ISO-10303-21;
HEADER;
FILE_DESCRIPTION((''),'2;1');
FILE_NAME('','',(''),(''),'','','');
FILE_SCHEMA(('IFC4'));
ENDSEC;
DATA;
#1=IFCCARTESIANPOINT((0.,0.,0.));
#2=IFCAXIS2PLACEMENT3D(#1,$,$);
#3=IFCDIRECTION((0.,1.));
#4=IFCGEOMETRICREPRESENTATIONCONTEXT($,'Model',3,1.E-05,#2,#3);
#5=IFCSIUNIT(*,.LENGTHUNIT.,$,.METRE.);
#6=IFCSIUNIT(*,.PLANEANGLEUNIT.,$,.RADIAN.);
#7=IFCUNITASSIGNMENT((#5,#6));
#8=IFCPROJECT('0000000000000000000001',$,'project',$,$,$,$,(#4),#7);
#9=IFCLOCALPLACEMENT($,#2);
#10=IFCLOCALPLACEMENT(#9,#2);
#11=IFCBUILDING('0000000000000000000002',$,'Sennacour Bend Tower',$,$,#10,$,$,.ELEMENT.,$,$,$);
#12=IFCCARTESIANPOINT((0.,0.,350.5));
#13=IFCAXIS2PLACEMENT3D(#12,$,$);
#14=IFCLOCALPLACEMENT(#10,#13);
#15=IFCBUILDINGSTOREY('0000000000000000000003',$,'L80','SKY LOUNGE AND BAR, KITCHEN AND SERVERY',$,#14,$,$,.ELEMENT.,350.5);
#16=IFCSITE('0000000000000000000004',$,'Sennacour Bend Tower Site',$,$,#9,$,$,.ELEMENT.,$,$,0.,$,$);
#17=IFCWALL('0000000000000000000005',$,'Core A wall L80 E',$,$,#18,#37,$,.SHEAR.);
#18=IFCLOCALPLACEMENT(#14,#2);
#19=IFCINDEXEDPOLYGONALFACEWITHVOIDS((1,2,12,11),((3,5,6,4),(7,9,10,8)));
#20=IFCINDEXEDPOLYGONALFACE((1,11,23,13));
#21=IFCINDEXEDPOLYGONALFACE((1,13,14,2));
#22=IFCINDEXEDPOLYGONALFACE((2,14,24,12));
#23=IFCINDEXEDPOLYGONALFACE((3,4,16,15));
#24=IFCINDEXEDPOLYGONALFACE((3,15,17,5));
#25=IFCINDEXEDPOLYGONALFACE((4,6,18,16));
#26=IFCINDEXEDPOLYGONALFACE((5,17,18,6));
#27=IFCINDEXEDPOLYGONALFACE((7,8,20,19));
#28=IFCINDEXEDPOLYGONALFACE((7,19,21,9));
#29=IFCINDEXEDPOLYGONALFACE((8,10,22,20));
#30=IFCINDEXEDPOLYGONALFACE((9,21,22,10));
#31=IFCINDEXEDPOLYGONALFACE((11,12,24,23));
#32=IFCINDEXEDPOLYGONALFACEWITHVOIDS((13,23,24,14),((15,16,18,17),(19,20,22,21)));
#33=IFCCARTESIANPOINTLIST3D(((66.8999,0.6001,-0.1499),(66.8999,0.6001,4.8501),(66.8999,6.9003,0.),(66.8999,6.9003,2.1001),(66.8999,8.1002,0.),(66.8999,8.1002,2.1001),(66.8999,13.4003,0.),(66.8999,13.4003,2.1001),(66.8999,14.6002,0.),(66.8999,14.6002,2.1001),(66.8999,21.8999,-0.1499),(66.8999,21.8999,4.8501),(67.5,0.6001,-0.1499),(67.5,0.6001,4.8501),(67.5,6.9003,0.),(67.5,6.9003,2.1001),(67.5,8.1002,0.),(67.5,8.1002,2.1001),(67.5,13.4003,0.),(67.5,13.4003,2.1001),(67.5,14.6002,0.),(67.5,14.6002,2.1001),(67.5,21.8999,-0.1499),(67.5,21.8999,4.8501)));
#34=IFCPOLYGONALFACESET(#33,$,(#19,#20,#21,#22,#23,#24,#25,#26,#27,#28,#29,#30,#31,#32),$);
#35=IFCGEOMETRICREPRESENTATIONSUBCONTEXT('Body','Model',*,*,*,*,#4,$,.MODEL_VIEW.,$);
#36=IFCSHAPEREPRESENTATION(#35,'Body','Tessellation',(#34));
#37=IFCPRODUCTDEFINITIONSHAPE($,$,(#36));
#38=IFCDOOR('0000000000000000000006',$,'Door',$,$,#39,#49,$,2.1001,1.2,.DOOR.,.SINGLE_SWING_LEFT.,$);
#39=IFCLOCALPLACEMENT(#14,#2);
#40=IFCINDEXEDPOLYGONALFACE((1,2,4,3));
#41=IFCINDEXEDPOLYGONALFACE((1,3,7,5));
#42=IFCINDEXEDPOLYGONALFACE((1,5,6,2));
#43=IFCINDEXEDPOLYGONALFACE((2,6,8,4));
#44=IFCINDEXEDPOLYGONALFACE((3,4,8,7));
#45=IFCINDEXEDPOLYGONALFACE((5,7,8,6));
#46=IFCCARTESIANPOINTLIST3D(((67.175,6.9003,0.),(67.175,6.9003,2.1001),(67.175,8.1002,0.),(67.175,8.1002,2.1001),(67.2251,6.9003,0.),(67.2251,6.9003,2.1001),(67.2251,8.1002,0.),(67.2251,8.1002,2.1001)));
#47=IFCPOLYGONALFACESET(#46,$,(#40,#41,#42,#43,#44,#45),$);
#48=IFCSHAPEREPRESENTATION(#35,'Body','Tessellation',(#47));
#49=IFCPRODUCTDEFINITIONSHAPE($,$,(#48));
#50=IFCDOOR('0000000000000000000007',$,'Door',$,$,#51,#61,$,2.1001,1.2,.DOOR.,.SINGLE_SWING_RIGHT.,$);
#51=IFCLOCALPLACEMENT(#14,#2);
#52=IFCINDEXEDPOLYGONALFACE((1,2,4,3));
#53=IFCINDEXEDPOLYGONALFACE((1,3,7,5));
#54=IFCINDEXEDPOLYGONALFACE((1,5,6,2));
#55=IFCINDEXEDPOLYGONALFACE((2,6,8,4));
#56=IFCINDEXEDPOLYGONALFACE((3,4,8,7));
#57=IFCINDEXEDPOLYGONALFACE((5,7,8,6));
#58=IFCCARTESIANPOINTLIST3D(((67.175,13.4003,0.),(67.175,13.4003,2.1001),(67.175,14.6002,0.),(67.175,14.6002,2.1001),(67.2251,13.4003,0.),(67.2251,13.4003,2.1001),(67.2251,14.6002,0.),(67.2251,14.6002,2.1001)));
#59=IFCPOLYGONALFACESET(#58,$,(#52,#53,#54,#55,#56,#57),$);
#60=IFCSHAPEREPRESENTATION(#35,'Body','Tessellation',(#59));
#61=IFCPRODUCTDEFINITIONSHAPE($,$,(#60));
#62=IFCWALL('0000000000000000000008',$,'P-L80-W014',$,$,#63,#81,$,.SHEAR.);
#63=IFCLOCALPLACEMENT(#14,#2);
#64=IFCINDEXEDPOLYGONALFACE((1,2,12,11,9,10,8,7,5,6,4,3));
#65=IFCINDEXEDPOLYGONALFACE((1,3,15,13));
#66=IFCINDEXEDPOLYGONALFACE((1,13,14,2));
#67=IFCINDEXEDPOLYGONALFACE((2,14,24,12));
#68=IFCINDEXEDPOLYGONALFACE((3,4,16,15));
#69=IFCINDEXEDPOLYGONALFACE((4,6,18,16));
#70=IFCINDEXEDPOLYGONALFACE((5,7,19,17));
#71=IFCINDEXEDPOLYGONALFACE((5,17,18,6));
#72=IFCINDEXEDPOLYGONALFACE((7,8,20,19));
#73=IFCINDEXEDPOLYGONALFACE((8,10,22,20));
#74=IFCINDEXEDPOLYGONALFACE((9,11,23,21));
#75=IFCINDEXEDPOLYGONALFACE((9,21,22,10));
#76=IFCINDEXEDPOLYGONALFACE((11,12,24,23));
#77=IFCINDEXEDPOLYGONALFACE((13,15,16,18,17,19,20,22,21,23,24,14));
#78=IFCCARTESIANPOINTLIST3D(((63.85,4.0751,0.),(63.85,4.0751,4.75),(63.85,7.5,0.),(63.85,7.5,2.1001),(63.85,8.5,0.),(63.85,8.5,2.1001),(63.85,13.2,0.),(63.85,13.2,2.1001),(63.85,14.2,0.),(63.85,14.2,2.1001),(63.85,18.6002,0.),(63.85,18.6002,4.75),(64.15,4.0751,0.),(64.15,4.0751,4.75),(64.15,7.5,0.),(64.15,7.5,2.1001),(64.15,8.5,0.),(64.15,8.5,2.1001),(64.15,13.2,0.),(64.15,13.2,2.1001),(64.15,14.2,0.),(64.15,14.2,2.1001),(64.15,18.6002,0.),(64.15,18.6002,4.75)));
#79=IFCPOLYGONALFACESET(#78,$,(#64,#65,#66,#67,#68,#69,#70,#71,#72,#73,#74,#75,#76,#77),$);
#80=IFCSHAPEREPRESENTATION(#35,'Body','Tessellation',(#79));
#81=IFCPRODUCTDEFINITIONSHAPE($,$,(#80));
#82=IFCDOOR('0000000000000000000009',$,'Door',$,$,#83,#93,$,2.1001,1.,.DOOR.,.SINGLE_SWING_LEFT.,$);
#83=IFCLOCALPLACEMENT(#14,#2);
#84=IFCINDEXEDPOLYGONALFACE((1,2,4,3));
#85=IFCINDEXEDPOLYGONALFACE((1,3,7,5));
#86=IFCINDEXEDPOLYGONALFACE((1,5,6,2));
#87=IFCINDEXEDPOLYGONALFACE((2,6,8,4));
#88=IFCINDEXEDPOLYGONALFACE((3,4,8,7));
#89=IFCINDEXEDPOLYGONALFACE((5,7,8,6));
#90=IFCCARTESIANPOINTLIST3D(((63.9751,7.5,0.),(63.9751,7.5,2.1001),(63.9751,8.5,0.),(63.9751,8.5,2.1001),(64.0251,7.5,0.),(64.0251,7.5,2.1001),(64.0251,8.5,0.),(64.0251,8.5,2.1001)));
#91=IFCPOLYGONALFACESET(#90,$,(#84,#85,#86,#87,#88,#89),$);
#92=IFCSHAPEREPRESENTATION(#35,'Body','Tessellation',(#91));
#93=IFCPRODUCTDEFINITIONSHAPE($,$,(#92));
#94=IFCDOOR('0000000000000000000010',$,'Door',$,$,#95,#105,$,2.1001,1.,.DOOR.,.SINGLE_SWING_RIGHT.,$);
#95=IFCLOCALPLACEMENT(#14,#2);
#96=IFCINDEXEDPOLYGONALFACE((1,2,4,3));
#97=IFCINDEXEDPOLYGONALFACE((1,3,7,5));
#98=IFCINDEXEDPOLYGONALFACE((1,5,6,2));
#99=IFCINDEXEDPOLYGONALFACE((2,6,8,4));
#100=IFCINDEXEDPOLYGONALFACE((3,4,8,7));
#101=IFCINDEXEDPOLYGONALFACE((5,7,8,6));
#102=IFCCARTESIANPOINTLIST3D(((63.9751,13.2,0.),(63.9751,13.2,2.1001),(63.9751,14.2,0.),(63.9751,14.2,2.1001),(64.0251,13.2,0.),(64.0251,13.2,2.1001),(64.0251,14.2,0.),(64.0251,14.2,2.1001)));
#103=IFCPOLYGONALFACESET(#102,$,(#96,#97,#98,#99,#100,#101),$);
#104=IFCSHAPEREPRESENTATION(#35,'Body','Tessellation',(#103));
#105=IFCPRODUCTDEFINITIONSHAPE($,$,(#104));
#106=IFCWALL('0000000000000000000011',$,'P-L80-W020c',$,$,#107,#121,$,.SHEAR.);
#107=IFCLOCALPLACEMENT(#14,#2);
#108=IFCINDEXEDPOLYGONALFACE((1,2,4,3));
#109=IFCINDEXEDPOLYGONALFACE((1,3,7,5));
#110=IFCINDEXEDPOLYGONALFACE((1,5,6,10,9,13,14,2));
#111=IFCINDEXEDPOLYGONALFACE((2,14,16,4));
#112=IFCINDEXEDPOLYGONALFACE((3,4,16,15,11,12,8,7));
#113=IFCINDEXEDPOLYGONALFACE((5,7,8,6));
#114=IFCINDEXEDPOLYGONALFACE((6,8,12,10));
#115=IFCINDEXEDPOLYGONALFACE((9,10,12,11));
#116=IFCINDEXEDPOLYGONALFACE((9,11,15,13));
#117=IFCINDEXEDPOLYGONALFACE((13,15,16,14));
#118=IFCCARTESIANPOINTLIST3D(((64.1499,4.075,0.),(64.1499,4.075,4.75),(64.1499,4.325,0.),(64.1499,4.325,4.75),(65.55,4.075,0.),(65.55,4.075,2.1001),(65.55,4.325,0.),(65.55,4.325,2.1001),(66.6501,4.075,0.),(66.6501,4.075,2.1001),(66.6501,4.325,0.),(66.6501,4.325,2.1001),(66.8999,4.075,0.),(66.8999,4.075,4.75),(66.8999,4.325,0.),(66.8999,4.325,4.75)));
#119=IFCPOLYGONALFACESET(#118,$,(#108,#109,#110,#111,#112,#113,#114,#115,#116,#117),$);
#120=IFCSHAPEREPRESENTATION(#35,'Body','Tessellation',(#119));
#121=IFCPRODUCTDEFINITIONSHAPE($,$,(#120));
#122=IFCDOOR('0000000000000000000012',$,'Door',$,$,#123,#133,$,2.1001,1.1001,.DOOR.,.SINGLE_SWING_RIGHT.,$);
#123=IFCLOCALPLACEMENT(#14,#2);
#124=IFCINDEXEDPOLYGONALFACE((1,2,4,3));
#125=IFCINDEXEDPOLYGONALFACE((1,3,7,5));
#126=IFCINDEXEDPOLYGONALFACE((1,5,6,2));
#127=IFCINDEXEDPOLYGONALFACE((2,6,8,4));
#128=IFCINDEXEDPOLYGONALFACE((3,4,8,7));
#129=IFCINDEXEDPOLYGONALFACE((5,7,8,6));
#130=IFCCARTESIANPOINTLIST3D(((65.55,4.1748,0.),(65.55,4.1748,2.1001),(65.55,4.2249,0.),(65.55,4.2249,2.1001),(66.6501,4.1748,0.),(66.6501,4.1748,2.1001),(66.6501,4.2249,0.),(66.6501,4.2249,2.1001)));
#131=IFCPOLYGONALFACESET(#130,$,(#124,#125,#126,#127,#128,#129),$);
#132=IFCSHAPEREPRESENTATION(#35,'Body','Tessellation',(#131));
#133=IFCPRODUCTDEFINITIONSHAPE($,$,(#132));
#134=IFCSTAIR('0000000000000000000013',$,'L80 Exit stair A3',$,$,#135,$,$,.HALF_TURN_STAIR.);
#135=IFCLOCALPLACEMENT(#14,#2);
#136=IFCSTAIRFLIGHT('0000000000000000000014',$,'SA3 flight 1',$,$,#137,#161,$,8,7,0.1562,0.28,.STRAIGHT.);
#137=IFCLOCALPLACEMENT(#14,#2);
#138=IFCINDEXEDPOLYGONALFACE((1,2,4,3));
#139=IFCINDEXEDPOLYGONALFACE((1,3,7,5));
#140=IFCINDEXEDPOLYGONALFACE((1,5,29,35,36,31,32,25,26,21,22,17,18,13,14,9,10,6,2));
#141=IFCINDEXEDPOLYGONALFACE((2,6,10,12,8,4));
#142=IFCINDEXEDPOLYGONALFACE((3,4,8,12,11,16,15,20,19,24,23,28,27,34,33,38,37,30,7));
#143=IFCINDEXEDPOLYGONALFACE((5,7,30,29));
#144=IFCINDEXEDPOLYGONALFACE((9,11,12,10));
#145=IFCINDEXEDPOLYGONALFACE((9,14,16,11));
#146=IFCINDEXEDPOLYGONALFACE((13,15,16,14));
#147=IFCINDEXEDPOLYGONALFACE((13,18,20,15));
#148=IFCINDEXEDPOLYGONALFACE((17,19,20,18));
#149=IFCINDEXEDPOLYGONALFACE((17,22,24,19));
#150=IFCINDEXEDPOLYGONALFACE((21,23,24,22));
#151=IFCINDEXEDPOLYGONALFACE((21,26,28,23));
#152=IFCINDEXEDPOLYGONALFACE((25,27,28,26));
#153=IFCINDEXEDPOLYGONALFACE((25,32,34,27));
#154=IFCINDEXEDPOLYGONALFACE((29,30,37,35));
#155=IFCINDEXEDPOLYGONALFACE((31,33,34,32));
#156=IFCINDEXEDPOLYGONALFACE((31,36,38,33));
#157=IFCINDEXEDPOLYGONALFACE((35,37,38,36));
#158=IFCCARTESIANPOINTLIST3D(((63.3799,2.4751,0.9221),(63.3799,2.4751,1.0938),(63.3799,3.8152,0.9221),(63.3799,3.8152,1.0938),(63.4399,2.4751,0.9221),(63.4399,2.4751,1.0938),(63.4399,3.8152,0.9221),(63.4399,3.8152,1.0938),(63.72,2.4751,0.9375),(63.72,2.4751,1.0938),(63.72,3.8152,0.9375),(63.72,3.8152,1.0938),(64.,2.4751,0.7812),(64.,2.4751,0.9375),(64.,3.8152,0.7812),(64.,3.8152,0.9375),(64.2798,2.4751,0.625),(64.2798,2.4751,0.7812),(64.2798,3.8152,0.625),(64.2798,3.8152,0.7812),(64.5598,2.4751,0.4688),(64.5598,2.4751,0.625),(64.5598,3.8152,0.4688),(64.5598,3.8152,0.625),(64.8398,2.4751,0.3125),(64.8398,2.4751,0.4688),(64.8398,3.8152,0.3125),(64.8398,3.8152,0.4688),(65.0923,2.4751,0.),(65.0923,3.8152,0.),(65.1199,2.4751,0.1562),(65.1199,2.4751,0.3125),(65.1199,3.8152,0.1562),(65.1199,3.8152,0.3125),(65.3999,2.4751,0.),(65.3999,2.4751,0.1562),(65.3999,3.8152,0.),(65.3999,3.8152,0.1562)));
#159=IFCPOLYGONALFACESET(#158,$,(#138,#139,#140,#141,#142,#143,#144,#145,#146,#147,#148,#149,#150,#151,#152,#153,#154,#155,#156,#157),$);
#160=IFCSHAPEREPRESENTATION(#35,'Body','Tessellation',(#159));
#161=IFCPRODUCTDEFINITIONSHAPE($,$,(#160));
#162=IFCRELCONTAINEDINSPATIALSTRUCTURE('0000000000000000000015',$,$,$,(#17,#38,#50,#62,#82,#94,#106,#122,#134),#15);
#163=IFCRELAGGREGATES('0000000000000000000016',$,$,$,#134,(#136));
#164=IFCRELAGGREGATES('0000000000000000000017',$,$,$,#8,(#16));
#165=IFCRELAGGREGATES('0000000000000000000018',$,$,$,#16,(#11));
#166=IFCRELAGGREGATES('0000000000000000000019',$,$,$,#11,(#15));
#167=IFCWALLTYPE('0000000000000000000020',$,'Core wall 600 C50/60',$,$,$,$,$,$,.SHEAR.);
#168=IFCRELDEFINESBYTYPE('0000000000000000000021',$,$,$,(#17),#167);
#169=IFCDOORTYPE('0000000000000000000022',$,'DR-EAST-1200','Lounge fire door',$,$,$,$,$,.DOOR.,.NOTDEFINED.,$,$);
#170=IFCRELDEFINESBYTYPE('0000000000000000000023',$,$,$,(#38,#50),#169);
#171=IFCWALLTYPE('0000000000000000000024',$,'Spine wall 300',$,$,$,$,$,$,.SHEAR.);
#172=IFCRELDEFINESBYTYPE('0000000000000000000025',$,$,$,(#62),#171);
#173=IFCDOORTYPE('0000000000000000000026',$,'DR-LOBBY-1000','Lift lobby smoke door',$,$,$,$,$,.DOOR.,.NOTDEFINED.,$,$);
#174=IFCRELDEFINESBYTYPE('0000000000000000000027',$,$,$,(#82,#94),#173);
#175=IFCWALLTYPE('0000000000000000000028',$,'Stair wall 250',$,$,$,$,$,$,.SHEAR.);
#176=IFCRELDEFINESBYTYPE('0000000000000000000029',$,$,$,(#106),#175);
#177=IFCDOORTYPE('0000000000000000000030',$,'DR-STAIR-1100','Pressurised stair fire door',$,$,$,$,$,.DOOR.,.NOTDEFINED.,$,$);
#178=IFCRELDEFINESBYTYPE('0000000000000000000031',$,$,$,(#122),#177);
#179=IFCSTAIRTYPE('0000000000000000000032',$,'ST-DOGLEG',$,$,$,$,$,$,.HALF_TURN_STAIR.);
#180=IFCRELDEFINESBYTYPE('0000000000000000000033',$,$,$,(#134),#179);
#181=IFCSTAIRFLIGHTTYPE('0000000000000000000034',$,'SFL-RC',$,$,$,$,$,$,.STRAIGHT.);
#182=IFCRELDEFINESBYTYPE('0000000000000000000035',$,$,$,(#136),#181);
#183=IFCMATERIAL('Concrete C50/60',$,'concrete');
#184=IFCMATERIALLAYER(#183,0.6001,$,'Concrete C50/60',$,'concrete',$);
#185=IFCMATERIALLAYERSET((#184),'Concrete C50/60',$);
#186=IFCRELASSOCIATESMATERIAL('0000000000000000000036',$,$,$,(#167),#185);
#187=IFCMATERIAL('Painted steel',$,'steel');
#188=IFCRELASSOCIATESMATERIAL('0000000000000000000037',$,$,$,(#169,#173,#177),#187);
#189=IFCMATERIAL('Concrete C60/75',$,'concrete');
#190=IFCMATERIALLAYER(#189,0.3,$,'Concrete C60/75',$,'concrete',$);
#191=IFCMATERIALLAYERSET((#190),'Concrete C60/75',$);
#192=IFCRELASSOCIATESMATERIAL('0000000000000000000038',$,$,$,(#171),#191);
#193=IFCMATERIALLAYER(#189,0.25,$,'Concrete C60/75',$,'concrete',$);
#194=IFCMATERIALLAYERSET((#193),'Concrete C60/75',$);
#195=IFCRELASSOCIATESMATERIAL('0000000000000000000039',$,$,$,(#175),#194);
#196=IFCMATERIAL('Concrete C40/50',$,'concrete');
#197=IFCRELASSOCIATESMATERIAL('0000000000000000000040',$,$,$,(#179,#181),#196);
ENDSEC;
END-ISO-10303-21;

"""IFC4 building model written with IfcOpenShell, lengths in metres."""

from ifc_helpers import new_model, si_unit, direction, frame, frame_2d, origin, place, context, subcontext, project, spatial, polyline, rectangle, outline, extrude, material, layer, layer_set, type_object, element, fill, aggregate, save


model = new_model("IFC4")

# Units and contexts
model_context = context("Model", 3, precision=1e-05, world=origin(), true_north=direction((0.0, 1.0)))
body_context = subcontext(model_context, "Body", "Model", "MODEL_VIEW")
ifc_project = project(units=[si_unit("LENGTHUNIT", "METRE"), si_unit("PLANEANGLEUNIT", "RADIAN")], contexts=[model_context])

# Site, building, storey
site_placement = place(None, origin())
site = spatial("IfcSite", under=ifc_project, at=site_placement, Name="Sennacour Bend Tower Site", CompositionType="ELEMENT", RefElevation=0.0)
building_placement = place(site_placement, origin())
building = spatial("IfcBuilding", under=site, at=building_placement, Name="Sennacour Bend Tower", CompositionType="ELEMENT")
storey_placement = place(building_placement, frame((0.0, 0.0, 350.5)))
storey = spatial("IfcBuildingStorey", under=building, at=storey_placement, Name="L80", Description="SKY LOUNGE AND BAR, KITCHEN AND SERVERY", CompositionType="ELEMENT", Elevation=350.5)

# Shared definitions
ifc_material_1 = material(Name="Concrete C50/60", Category="concrete")
ifc_layer_1 = layer(ifc_material_1, 0.6001, Name="Concrete C50/60", Category="concrete")
ifc_layer_set_1 = layer_set([ifc_layer_1], Name="Concrete C50/60")
wall_type_1 = type_object("IfcWallType", Name="Core wall 600 C50/60", PredefinedType="SHEAR", material=ifc_layer_set_1)

# Walls, openings, doors
wall_1_placement = place(storey_placement, frame((67.2, 0.6001, -0.1499), z_axis=(0.0, 0.0, 1.0), x_axis=(0.0, 1.0, 0.0)))
wall_1 = element("IfcWall", 1, at=wall_1_placement, inside=storey, type_object=wall_type_1, Name="Core A wall L80 E", PredefinedType="SHEAR", context=body_context, shape_type="SweptSolid", body=[
    extrude(rectangle(XDim=21.2998, YDim=0.6001, at=frame_2d((10.6499, 0.0))), origin(), (0.0, 0.0, 1.0), 5.0),
])
opening_1_placement = place(wall_1_placement, frame((6.3, 0.0, 0.1499)))
opening_1 = element("IfcOpeningElement", 2, at=opening_1_placement, cuts=wall_1, PredefinedType="OPENING", context=body_context, shape_type="SweptSolid", body=[
    extrude(rectangle(XDim=1.2, YDim=2.1001, at=frame_2d((0.6001, 1.05))), frame((0.0, 0.3101, 0.0), z_axis=(0.0, -1.0, 0.0), x_axis=(1.0, 0.0, 0.0)), (0.0, 0.0, 1.0), 0.6201),
])
opening_2_placement = place(wall_1_placement, frame((12.8, 0.0, 0.1499)))
opening_2 = element("IfcOpeningElement", 3, at=opening_2_placement, cuts=wall_1, PredefinedType="OPENING", context=body_context, shape_type="SweptSolid", body=[
    extrude(rectangle(XDim=1.2, YDim=2.1001, at=frame_2d((0.6001, 1.05))), frame((0.0, 0.3101, 0.0), z_axis=(0.0, -1.0, 0.0), x_axis=(1.0, 0.0, 0.0)), (0.0, 0.0, 1.0), 0.6201),
])
ifc_material_2 = material(Name="Painted steel", Category="steel")
door_type_1 = type_object("IfcDoorType", Name="DR-EAST-1200", Description="Lounge fire door", OperationType="NOTDEFINED", PredefinedType="DOOR", material=ifc_material_2)
door_1_placement = place(opening_1_placement, origin())
door_1 = element("IfcDoor", 4, at=door_1_placement, inside=storey, type_object=door_type_1, Name="Door", OperationType="SINGLE_SWING_LEFT", OverallHeight=2.1001, OverallWidth=1.2, PredefinedType="DOOR", context=body_context, shape_type="SweptSolid", body=[
    extrude(rectangle(XDim=1.2, YDim=2.1001, at=frame_2d((0.6001, 1.05))), frame((0.0, 0.0249, 0.0), z_axis=(0.0, -1.0, 0.0), x_axis=(1.0, 0.0, 0.0)), (0.0, 0.0, 1.0), 0.05),
])
fill(opening_1, door_1)
door_2_placement = place(opening_2_placement, origin())
door_2 = element("IfcDoor", 5, at=door_2_placement, inside=storey, type_object=door_type_1, Name="Door", OperationType="SINGLE_SWING_RIGHT", OverallHeight=2.1001, OverallWidth=1.2, PredefinedType="DOOR", context=body_context, shape_type="SweptSolid", body=[
    extrude(rectangle(XDim=1.2, YDim=2.1001, at=frame_2d((0.6001, 1.05))), frame((0.0, 0.0249, 0.0), z_axis=(0.0, -1.0, 0.0), x_axis=(1.0, 0.0, 0.0)), (0.0, 0.0, 1.0), 0.05),
])
fill(opening_2, door_2)
ifc_material_3 = material(Name="Concrete C60/75", Category="concrete")
ifc_layer_2 = layer(ifc_material_3, 0.3, Name="Concrete C60/75", Category="concrete")
ifc_layer_set_2 = layer_set([ifc_layer_2], Name="Concrete C60/75")
wall_type_2 = type_object("IfcWallType", Name="Spine wall 300", PredefinedType="SHEAR", material=ifc_layer_set_2)
wall_2_placement = place(storey_placement, frame((64.0, 4.075, 0.0), z_axis=(0.0, 0.0, 1.0), x_axis=(0.0, 1.0, 0.0)))
wall_2 = element("IfcWall", 6, at=wall_2_placement, inside=storey, type_object=wall_type_2, Name="P-L80-W014", PredefinedType="SHEAR", context=body_context, shape_type="SweptSolid", body=[
    extrude(rectangle(XDim=14.5251, YDim=0.3, at=frame_2d((7.2627, 0.0))), origin(), (0.0, 0.0, 1.0), 4.75),
])
opening_3_placement = place(wall_2_placement, frame((3.425, 0.0, 0.0)))
opening_3 = element("IfcOpeningElement", 7, at=opening_3_placement, cuts=wall_2, PredefinedType="OPENING", context=body_context, shape_type="SweptSolid", body=[
    extrude(rectangle(XDim=1.0, YDim=2.1001, at=frame_2d((0.5, 1.05))), frame((0.0, 0.1602, 0.0), z_axis=(0.0, -1.0, 0.0), x_axis=(1.0, 0.0, 0.0)), (0.0, 0.0, 1.0), 0.3201),
])
opening_4_placement = place(wall_2_placement, frame((9.125, 0.0, 0.0)))
opening_4 = element("IfcOpeningElement", 8, at=opening_4_placement, cuts=wall_2, PredefinedType="OPENING", context=body_context, shape_type="SweptSolid", body=[
    extrude(rectangle(XDim=1.0, YDim=2.1001, at=frame_2d((0.5, 1.05))), frame((0.0, 0.1602, 0.0), z_axis=(0.0, -1.0, 0.0), x_axis=(1.0, 0.0, 0.0)), (0.0, 0.0, 1.0), 0.3201),
])
door_type_2 = type_object("IfcDoorType", Name="DR-LOBBY-1000", Description="Lift lobby smoke door", OperationType="NOTDEFINED", PredefinedType="DOOR", material=ifc_material_2)
door_3_placement = place(opening_3_placement, origin())
door_3 = element("IfcDoor", 9, at=door_3_placement, inside=storey, type_object=door_type_2, Name="Door", OperationType="SINGLE_SWING_LEFT", OverallHeight=2.1001, OverallWidth=1.0, PredefinedType="DOOR", context=body_context, shape_type="SweptSolid", body=[
    extrude(rectangle(XDim=1.0, YDim=2.1001, at=frame_2d((0.5, 1.05))), frame((0.0, 0.0249, 0.0), z_axis=(0.0, -1.0, 0.0), x_axis=(1.0, 0.0, 0.0)), (0.0, 0.0, 1.0), 0.05),
])
fill(opening_3, door_3)
door_4_placement = place(opening_4_placement, origin())
door_4 = element("IfcDoor", 10, at=door_4_placement, inside=storey, type_object=door_type_2, Name="Door", OperationType="SINGLE_SWING_RIGHT", OverallHeight=2.1001, OverallWidth=1.0, PredefinedType="DOOR", context=body_context, shape_type="SweptSolid", body=[
    extrude(rectangle(XDim=1.0, YDim=2.1001, at=frame_2d((0.5, 1.05))), frame((0.0, 0.0249, 0.0), z_axis=(0.0, -1.0, 0.0), x_axis=(1.0, 0.0, 0.0)), (0.0, 0.0, 1.0), 0.05),
])
fill(opening_4, door_4)

# Wall, opening, door
ifc_layer_3 = layer(ifc_material_3, 0.25, Name="Concrete C60/75", Category="concrete")
ifc_layer_set_3 = layer_set([ifc_layer_3], Name="Concrete C60/75")
wall_type_3 = type_object("IfcWallType", Name="Stair wall 250", PredefinedType="SHEAR", material=ifc_layer_set_3)
wall_3_placement = place(storey_placement, frame((64.1499, 4.2, 0.0), z_axis=(0.0, 0.0, 1.0), x_axis=(1.0, 0.0, 0.0)))
wall_3 = element("IfcWall", 11, at=wall_3_placement, inside=storey, type_object=wall_type_3, Name="P-L80-W020c", PredefinedType="SHEAR", context=body_context, shape_type="SweptSolid", body=[
    extrude(rectangle(XDim=2.75, YDim=0.25, at=frame_2d((1.375, 0.0))), origin(), (0.0, 0.0, 1.0), 4.75),
])
opening_5_placement = place(wall_3_placement, frame((1.4001, 0.0, 0.0)))
opening_5 = element("IfcOpeningElement", 12, at=opening_5_placement, cuts=wall_3, PredefinedType="OPENING", context=body_context, shape_type="SweptSolid", body=[
    extrude(rectangle(XDim=1.1001, YDim=2.1001, at=frame_2d((0.55, 1.05))), frame((0.0, 0.135, 0.0), z_axis=(0.0, -1.0, 0.0), x_axis=(1.0, 0.0, 0.0)), (0.0, 0.0, 1.0), 0.27),
])
door_type_3 = type_object("IfcDoorType", Name="DR-STAIR-1100", Description="Pressurised stair fire door", OperationType="NOTDEFINED", PredefinedType="DOOR", material=ifc_material_2)
door_5_placement = place(opening_5_placement, origin())
door_5 = element("IfcDoor", 13, at=door_5_placement, inside=storey, type_object=door_type_3, Name="Door", OperationType="SINGLE_SWING_RIGHT", OverallHeight=2.1001, OverallWidth=1.1001, PredefinedType="DOOR", context=body_context, shape_type="SweptSolid", body=[
    extrude(rectangle(XDim=1.1001, YDim=2.1001, at=frame_2d((0.55, 1.05))), frame((0.0, 0.0249, 0.0), z_axis=(0.0, -1.0, 0.0), x_axis=(1.0, 0.0, 0.0)), (0.0, 0.0, 1.0), 0.05),
])
fill(opening_5, door_5)

# Stair, stair flight
ifc_material_4 = material(Name="Concrete C40/50", Category="concrete")
stair_type = type_object("IfcStairType", Name="ST-DOGLEG", PredefinedType="HALF_TURN_STAIR", material=ifc_material_4)
stair_placement = place(storey_placement, origin())
stair = element("IfcStair", 14, at=stair_placement, inside=storey, type_object=stair_type, Name="L80 Exit stair A3", PredefinedType="HALF_TURN_STAIR")
stair_flight_type = type_object("IfcStairFlightType", Name="SFL-RC", PredefinedType="STRAIGHT", material=ifc_material_4)
stair_flight_1_placement = place(storey_placement, frame((65.3999, 3.145, 0.0), z_axis=(0.0, 0.0, 1.0), x_axis=(-1.0, 0.0, 0.0)))
stair_flight_1 = element("IfcStairFlight", 15, at=stair_flight_1_placement, type_object=stair_flight_type, Name="SA3 flight 1", NumberOfRisers=8, NumberOfTreads=7, PredefinedType="STRAIGHT", RiserHeight=0.1562, TreadLength=0.28, context=body_context, shape_type="SweptSolid", body=[
    extrude(outline(polyline([(0.0, 0.0), (0.0, 0.1562), (0.28, 0.1562), (0.28, 0.3125), (0.5601, 0.3125), (0.5601, 0.4688), (0.8401, 0.4688), (0.8401, 0.625), (1.1201, 0.625), (1.1201, 0.7812), (1.3999, 0.7812), (1.3999, 0.9375), (1.6799, 0.9375), (1.6799, 1.0938), (1.96, 1.0938), (2.02, 1.0938), (2.02, 0.9221), (1.96, 0.9221), (0.3076, 0.0), (0.0, 0.0)])), frame((0.0, 0.6699, 0.0), z_axis=(0.0, -1.0, 0.0), x_axis=(1.0, 0.0, 0.0)), (0.0, 0.0, 1.0), 1.3401),
])
aggregate(stair, [stair_flight_1])

save(model, "model.ifc")
